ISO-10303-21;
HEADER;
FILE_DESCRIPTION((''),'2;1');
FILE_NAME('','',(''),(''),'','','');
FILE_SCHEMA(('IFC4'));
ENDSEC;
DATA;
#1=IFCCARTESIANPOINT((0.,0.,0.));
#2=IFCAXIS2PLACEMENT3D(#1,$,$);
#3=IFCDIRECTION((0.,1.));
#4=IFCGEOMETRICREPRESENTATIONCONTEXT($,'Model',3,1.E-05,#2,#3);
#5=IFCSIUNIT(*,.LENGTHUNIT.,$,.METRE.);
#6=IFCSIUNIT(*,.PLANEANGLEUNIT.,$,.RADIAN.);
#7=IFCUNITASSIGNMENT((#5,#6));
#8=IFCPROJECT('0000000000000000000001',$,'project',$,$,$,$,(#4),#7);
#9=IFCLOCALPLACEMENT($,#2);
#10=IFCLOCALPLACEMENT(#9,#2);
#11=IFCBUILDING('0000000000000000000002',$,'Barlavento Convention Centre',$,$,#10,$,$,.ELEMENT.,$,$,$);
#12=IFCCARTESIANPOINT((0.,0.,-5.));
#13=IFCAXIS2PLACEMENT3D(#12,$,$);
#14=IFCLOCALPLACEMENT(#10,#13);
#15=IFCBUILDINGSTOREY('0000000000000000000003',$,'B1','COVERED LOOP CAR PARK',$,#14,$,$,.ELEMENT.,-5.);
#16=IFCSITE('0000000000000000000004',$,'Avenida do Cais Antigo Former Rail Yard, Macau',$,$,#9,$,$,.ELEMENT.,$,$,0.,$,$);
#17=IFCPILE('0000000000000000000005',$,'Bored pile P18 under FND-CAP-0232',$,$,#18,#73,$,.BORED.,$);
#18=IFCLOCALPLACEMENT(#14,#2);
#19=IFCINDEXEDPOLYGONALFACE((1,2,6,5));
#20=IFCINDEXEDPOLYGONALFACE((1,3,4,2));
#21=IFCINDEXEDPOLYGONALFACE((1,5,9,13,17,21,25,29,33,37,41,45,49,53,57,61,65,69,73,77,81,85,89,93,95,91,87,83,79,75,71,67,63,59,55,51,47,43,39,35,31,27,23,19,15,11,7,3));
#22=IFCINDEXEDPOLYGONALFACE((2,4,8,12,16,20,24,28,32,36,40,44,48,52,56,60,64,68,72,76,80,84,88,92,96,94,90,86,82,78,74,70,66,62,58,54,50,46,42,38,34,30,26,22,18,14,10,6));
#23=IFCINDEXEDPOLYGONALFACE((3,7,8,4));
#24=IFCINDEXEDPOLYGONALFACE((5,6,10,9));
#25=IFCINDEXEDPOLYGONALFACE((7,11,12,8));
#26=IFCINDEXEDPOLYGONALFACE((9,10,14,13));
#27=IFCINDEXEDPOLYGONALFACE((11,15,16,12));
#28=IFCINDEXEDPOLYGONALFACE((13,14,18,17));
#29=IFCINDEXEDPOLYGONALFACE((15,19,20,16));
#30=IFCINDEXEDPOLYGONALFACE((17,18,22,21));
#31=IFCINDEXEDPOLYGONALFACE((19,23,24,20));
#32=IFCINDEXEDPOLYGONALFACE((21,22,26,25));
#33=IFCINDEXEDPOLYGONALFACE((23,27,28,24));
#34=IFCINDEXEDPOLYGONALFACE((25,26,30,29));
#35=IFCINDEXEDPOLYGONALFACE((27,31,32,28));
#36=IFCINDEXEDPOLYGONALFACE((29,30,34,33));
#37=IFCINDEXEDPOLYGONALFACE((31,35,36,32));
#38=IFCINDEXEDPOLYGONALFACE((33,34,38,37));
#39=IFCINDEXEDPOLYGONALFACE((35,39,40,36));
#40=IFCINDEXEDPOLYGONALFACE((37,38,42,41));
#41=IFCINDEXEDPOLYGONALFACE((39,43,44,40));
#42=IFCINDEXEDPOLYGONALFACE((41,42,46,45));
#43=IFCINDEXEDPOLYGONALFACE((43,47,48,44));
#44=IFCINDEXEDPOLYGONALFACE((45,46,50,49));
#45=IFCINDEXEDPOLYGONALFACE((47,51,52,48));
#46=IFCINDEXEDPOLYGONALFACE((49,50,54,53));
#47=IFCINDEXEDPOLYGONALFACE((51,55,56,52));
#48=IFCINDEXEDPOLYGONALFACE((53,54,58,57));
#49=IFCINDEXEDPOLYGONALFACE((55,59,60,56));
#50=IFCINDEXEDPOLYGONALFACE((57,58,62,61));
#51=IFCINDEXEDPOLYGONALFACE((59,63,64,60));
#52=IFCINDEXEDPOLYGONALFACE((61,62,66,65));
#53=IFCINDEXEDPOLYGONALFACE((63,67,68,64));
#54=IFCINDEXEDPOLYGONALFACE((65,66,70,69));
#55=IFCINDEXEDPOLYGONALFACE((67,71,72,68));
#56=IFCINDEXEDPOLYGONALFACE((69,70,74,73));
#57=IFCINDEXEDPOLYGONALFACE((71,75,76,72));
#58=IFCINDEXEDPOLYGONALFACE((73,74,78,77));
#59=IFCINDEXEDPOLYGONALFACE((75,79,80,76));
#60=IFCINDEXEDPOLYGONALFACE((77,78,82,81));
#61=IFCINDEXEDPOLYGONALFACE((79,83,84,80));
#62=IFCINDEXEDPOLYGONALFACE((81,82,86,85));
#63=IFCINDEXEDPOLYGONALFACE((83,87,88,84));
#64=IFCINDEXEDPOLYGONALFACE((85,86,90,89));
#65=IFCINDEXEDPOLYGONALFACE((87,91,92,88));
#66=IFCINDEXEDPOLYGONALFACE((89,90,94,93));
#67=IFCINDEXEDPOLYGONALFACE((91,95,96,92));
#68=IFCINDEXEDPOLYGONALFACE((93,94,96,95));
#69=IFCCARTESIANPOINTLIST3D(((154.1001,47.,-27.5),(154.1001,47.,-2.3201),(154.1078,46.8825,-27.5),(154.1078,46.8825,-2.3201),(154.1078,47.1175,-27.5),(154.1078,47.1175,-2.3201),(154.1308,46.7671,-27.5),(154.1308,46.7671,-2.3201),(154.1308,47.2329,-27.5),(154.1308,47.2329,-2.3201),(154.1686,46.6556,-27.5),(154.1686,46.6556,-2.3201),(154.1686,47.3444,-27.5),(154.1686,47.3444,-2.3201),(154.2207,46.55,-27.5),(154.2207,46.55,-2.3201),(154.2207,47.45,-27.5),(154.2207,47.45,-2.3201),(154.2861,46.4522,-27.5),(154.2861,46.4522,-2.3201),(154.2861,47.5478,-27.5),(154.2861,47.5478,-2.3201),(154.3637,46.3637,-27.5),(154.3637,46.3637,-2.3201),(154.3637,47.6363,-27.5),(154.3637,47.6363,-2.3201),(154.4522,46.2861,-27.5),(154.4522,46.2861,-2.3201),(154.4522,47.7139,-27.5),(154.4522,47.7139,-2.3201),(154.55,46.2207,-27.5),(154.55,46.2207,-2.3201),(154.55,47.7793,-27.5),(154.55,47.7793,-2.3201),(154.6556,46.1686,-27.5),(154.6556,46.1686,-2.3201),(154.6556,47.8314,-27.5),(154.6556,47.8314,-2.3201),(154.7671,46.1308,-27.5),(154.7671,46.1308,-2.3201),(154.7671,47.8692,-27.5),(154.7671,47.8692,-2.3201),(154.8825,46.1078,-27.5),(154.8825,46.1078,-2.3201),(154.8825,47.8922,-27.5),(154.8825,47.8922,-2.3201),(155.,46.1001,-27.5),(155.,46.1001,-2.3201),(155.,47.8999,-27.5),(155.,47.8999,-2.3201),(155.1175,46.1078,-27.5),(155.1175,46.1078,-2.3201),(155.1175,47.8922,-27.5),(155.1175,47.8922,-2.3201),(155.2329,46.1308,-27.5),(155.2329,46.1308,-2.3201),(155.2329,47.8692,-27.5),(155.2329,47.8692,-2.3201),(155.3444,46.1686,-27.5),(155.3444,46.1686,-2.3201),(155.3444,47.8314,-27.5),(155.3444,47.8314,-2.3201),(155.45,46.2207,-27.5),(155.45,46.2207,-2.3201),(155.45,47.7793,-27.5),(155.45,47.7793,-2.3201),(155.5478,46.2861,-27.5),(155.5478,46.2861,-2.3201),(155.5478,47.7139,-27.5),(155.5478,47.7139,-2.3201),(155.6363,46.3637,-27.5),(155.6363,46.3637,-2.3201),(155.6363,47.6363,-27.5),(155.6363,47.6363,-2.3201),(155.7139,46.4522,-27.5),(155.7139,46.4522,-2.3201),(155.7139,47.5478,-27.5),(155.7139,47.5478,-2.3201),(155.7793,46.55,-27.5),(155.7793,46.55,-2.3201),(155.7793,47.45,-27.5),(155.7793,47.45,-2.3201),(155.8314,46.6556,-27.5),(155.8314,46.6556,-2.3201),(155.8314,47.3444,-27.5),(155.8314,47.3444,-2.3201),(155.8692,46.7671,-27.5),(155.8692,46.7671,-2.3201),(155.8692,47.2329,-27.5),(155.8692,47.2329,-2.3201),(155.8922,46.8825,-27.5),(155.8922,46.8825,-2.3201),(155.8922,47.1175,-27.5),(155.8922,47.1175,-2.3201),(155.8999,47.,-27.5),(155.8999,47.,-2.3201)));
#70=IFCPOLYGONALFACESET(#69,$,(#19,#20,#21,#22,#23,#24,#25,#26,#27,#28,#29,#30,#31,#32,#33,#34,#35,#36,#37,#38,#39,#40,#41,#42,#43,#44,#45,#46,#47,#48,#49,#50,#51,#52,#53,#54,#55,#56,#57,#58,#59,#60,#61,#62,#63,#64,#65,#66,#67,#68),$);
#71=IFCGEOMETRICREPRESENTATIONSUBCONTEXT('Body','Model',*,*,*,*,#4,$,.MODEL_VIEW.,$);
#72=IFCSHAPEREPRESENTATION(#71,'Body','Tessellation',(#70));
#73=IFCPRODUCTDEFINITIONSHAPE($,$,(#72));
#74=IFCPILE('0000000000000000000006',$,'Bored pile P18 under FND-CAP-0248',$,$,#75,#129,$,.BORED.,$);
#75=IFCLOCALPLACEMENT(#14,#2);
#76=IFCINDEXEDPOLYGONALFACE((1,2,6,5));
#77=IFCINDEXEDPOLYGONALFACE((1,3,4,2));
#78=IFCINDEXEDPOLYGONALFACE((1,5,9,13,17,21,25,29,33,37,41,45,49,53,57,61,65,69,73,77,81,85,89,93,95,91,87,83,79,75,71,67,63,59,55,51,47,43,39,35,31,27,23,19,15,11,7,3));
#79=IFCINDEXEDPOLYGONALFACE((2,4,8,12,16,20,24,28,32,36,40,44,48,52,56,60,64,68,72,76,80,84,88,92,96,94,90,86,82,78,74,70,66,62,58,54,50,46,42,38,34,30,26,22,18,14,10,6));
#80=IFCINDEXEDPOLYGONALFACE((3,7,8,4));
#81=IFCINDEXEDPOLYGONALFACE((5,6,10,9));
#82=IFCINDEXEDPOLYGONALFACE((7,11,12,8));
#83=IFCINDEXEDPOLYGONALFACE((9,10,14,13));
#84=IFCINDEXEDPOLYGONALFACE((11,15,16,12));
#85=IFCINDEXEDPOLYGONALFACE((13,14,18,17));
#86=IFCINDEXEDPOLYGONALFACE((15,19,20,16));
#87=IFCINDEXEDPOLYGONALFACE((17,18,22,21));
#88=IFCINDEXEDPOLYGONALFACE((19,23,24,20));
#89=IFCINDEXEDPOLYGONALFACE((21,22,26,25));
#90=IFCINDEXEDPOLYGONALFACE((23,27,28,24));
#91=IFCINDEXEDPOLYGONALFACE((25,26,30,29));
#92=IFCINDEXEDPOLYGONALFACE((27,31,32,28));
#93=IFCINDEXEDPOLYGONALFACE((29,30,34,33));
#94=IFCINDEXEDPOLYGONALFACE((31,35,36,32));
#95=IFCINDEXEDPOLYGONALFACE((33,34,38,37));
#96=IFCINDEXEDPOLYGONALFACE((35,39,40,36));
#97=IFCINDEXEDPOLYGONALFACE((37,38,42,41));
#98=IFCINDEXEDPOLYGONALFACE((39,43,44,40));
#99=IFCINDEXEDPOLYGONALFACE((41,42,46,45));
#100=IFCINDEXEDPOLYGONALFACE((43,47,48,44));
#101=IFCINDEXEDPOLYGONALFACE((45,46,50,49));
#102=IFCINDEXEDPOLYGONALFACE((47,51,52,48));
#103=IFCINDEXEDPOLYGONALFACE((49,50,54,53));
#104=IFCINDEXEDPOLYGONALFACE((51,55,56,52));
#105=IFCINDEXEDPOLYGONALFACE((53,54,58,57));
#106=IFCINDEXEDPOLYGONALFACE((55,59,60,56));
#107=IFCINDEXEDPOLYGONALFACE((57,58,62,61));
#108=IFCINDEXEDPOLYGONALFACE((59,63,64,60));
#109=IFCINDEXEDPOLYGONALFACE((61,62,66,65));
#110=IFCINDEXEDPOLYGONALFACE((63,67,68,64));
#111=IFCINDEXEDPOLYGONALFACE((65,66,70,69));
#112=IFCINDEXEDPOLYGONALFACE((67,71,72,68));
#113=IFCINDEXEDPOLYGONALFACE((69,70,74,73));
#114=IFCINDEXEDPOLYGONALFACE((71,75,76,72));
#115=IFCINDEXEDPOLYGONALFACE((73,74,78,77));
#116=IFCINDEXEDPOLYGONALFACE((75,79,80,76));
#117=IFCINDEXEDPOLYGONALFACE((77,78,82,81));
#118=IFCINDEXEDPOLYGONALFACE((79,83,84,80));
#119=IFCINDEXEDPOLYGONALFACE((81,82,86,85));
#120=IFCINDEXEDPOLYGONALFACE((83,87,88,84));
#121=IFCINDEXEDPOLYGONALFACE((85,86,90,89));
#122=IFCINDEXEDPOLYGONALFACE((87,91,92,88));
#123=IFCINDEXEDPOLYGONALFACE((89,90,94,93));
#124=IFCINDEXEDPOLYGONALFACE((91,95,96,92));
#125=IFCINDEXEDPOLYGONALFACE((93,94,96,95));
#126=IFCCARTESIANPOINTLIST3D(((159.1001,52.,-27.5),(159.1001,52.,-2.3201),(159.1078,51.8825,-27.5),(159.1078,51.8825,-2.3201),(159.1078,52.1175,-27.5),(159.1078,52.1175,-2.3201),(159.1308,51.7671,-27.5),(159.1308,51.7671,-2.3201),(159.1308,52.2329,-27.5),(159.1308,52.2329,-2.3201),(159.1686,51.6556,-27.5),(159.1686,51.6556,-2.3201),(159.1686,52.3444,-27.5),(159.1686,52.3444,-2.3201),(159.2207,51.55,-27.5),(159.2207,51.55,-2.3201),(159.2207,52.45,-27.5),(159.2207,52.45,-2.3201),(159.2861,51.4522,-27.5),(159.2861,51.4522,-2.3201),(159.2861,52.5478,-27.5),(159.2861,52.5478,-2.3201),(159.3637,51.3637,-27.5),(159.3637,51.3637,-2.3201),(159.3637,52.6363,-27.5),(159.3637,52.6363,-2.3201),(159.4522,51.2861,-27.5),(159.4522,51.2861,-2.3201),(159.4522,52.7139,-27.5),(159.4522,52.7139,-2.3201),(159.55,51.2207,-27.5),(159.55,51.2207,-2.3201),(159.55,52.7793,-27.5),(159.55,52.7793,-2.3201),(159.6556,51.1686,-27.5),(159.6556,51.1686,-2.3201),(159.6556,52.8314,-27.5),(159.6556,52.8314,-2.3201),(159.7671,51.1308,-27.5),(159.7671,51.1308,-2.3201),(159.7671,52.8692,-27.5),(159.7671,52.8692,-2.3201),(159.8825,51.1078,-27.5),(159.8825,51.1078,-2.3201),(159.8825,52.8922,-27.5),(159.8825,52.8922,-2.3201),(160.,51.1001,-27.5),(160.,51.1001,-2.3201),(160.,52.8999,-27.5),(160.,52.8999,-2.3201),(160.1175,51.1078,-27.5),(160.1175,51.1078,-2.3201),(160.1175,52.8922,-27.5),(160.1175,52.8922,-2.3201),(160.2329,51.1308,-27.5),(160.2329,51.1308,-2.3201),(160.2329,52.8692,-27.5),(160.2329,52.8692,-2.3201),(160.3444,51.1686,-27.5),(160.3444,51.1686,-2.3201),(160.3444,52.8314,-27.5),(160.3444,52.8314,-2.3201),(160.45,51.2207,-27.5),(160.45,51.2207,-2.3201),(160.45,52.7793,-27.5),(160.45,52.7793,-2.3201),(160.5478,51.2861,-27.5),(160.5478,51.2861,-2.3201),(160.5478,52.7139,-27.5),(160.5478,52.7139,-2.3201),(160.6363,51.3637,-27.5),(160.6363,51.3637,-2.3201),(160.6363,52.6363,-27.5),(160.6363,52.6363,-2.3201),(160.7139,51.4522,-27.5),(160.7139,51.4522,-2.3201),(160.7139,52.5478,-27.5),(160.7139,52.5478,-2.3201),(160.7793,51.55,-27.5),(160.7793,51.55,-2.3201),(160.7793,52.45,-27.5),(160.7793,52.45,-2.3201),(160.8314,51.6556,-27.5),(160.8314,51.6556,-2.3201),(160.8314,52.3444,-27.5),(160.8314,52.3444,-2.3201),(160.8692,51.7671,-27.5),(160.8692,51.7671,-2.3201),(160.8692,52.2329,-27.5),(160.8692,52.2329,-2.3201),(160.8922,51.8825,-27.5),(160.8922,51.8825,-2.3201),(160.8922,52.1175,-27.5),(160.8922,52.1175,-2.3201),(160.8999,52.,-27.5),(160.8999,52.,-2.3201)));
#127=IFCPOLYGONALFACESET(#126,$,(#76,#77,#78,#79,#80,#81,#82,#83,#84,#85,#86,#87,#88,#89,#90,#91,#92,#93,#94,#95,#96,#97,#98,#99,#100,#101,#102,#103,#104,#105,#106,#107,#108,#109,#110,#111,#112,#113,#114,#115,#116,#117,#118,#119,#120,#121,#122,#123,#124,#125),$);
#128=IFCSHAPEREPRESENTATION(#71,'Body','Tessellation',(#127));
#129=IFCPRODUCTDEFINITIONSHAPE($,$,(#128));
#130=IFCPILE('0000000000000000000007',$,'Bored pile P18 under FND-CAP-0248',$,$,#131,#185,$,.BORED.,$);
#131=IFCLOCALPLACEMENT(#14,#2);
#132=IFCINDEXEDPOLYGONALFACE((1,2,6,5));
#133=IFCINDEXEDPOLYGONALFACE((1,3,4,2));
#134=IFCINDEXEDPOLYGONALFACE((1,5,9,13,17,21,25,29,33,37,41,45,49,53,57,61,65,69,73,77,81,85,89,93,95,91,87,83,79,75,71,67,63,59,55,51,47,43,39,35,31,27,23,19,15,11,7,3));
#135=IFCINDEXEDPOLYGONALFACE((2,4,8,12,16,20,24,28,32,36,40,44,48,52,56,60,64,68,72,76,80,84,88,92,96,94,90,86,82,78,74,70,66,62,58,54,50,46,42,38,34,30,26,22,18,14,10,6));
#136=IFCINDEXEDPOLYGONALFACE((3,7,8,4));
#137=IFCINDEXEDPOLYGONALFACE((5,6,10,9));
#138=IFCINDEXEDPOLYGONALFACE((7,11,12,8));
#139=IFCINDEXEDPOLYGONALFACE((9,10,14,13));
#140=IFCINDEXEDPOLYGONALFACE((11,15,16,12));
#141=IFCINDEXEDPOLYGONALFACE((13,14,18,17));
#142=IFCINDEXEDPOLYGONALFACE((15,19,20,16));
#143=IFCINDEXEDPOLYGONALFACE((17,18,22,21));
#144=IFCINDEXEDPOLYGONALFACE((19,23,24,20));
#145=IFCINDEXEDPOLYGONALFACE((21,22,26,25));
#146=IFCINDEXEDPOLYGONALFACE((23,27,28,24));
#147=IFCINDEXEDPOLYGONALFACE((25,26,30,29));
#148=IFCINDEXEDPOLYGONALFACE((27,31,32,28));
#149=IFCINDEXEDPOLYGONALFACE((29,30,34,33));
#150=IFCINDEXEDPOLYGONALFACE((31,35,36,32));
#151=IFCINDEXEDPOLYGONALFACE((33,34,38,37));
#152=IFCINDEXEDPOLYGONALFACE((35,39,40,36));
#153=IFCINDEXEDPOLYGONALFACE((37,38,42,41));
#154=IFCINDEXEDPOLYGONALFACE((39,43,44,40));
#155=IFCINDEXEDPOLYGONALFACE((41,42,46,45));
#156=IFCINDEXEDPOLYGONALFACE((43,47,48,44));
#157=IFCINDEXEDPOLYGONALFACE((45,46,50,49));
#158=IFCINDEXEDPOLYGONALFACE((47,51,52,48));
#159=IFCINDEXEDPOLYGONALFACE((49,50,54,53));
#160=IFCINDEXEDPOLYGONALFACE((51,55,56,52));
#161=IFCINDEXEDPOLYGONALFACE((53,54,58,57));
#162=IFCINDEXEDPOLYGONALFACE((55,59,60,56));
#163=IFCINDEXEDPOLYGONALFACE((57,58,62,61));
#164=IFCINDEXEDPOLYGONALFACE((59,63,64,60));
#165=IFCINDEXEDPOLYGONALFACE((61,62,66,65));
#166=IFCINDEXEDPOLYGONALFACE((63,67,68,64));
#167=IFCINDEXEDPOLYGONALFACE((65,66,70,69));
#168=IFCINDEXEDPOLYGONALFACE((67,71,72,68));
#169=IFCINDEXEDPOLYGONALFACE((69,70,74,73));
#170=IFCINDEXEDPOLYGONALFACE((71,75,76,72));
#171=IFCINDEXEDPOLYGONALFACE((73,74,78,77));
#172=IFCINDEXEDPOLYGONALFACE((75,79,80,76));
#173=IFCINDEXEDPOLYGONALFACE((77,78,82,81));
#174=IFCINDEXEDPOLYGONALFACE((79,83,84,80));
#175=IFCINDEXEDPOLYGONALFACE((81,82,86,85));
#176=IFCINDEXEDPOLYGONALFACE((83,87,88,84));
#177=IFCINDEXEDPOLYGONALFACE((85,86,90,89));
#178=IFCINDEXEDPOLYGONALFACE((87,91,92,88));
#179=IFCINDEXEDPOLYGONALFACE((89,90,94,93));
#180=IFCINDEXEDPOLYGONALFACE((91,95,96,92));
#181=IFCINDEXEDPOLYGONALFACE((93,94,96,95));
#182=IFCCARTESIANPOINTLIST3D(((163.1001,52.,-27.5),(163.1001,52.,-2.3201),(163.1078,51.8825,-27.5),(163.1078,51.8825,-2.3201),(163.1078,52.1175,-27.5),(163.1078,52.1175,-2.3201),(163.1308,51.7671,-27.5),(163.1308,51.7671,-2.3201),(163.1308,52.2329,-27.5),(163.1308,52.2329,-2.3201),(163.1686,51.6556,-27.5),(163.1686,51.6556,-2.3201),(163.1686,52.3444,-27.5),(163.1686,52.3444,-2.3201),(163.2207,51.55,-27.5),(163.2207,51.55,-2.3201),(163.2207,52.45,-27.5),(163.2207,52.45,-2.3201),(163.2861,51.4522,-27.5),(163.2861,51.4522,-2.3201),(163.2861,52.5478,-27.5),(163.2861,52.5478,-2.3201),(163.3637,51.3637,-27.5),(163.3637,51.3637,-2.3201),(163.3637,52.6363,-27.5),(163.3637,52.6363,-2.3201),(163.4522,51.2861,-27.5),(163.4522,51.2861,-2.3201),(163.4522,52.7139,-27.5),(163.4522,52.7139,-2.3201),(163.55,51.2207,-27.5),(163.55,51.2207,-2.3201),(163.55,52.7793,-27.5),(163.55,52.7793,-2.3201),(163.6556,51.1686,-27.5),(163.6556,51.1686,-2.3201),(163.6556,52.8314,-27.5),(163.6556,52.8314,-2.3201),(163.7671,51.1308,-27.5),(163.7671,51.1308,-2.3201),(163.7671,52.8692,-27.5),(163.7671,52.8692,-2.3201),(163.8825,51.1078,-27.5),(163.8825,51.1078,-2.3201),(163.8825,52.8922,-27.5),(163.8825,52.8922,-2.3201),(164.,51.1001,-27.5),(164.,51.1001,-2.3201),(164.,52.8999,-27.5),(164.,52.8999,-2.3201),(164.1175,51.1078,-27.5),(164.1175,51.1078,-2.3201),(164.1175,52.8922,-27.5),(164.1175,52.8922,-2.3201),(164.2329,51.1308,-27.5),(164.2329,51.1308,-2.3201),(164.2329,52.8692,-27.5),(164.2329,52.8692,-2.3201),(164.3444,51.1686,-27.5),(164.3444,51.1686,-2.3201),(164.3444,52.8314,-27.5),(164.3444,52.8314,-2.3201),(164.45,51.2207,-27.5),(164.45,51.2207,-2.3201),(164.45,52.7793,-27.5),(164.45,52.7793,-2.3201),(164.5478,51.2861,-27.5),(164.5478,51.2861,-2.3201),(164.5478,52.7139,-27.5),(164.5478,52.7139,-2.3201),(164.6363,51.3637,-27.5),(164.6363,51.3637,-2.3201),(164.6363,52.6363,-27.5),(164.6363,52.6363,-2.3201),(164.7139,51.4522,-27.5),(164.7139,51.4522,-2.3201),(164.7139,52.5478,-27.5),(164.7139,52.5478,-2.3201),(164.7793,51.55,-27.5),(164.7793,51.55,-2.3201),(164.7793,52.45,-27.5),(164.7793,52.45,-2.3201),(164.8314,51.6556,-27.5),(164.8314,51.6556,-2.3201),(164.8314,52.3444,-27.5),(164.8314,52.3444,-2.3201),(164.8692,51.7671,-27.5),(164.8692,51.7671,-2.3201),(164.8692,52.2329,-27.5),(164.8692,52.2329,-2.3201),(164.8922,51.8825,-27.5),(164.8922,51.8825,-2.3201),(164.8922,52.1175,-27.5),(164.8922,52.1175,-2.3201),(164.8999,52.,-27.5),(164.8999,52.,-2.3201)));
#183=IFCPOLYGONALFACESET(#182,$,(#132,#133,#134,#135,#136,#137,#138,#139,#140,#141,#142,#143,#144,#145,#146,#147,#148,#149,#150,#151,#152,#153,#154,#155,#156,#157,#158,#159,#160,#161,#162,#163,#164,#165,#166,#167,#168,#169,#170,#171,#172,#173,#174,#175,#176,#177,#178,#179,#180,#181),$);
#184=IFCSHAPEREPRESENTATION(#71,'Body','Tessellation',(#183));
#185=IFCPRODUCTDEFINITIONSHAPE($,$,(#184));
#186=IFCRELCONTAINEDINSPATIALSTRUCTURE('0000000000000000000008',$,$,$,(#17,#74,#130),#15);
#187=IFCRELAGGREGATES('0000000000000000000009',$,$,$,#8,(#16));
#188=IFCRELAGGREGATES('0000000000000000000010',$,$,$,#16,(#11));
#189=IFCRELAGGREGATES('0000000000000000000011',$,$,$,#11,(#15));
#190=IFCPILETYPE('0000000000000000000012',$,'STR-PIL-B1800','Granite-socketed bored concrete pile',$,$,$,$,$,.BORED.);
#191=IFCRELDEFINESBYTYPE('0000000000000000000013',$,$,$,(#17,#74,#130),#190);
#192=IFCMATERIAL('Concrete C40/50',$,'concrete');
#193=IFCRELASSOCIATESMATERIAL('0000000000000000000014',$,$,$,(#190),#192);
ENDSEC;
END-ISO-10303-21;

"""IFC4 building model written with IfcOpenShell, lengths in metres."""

from ifc_helpers import new_model, si_unit, direction, frame, origin, origin_2d, place, context, subcontext, project, spatial, circle, extrude, material, material_profile, profile_set, type_object, element, save


model = new_model("IFC4")

# Units and contexts
model_context = context("Model", 3, precision=1e-05, world=origin(), true_north=direction((0.0, 1.0)))
body_context = subcontext(model_context, "Body", "Model", "MODEL_VIEW")
ifc_project = project(units=[si_unit("LENGTHUNIT", "METRE"), si_unit("PLANEANGLEUNIT", "RADIAN")], contexts=[model_context])

# Site, building, storey
site_placement = place(None, origin())
site = spatial("IfcSite", under=ifc_project, at=site_placement, Name="Avenida do Cais Antigo Former Rail Yard, Macau", CompositionType="ELEMENT", RefElevation=0.0)
building_placement = place(site_placement, origin())
building = spatial("IfcBuilding", under=site, at=building_placement, Name="Barlavento Convention Centre", CompositionType="ELEMENT")
storey_placement = place(building_placement, frame((0.0, 0.0, -5.0)))
storey = spatial("IfcBuildingStorey", under=building, at=storey_placement, Name="B1", Description="COVERED LOOP CAR PARK", CompositionType="ELEMENT", Elevation=-5.0)

# Shared definitions
ifc_material_1 = material(Name="Concrete C40/50", Category="concrete")

# Piles
ifc_material_profile_1 = material_profile(ifc_material_1, circle(Radius=0.8999, at=origin_2d()), Name="BORED PILE 1800")
ifc_profile_set_1 = profile_set([ifc_material_profile_1], Name="Concrete C40/50")
pile_type_1 = type_object("IfcPileType", Name="STR-PIL-B1800", Description="Granite-socketed bored concrete pile", PredefinedType="BORED", material=ifc_profile_set_1)
for number, where, z_axis, x_axis, name in (
    (1, (155.0, 47.0, -2.3201), (0.0, 0.0, -1.0), (1.0, 0.0, 0.0), "Bored pile P18 under FND-CAP-0232"),
    (2, (160.0, 52.0, -2.3201), (0.0, 0.0, -1.0), (1.0, 0.0, 0.0), "Bored pile P18 under FND-CAP-0248"),
    (3, (164.0, 52.0, -2.3201), (0.0, 0.0, -1.0), (1.0, 0.0, 0.0), "Bored pile P18 under FND-CAP-0248"),
):
    element("IfcPile", number, at=place(storey_placement, frame(where, z_axis=z_axis, x_axis=x_axis)), inside=storey, type_object=pile_type_1, Name=name, PredefinedType="BORED", context=body_context, shape_type="SweptSolid", body=[
        extrude(circle(Radius=0.8999, at=origin_2d()), origin(), (0.0, 0.0, 1.0), 25.1799),
    ])

save(model, "model.ifc")
